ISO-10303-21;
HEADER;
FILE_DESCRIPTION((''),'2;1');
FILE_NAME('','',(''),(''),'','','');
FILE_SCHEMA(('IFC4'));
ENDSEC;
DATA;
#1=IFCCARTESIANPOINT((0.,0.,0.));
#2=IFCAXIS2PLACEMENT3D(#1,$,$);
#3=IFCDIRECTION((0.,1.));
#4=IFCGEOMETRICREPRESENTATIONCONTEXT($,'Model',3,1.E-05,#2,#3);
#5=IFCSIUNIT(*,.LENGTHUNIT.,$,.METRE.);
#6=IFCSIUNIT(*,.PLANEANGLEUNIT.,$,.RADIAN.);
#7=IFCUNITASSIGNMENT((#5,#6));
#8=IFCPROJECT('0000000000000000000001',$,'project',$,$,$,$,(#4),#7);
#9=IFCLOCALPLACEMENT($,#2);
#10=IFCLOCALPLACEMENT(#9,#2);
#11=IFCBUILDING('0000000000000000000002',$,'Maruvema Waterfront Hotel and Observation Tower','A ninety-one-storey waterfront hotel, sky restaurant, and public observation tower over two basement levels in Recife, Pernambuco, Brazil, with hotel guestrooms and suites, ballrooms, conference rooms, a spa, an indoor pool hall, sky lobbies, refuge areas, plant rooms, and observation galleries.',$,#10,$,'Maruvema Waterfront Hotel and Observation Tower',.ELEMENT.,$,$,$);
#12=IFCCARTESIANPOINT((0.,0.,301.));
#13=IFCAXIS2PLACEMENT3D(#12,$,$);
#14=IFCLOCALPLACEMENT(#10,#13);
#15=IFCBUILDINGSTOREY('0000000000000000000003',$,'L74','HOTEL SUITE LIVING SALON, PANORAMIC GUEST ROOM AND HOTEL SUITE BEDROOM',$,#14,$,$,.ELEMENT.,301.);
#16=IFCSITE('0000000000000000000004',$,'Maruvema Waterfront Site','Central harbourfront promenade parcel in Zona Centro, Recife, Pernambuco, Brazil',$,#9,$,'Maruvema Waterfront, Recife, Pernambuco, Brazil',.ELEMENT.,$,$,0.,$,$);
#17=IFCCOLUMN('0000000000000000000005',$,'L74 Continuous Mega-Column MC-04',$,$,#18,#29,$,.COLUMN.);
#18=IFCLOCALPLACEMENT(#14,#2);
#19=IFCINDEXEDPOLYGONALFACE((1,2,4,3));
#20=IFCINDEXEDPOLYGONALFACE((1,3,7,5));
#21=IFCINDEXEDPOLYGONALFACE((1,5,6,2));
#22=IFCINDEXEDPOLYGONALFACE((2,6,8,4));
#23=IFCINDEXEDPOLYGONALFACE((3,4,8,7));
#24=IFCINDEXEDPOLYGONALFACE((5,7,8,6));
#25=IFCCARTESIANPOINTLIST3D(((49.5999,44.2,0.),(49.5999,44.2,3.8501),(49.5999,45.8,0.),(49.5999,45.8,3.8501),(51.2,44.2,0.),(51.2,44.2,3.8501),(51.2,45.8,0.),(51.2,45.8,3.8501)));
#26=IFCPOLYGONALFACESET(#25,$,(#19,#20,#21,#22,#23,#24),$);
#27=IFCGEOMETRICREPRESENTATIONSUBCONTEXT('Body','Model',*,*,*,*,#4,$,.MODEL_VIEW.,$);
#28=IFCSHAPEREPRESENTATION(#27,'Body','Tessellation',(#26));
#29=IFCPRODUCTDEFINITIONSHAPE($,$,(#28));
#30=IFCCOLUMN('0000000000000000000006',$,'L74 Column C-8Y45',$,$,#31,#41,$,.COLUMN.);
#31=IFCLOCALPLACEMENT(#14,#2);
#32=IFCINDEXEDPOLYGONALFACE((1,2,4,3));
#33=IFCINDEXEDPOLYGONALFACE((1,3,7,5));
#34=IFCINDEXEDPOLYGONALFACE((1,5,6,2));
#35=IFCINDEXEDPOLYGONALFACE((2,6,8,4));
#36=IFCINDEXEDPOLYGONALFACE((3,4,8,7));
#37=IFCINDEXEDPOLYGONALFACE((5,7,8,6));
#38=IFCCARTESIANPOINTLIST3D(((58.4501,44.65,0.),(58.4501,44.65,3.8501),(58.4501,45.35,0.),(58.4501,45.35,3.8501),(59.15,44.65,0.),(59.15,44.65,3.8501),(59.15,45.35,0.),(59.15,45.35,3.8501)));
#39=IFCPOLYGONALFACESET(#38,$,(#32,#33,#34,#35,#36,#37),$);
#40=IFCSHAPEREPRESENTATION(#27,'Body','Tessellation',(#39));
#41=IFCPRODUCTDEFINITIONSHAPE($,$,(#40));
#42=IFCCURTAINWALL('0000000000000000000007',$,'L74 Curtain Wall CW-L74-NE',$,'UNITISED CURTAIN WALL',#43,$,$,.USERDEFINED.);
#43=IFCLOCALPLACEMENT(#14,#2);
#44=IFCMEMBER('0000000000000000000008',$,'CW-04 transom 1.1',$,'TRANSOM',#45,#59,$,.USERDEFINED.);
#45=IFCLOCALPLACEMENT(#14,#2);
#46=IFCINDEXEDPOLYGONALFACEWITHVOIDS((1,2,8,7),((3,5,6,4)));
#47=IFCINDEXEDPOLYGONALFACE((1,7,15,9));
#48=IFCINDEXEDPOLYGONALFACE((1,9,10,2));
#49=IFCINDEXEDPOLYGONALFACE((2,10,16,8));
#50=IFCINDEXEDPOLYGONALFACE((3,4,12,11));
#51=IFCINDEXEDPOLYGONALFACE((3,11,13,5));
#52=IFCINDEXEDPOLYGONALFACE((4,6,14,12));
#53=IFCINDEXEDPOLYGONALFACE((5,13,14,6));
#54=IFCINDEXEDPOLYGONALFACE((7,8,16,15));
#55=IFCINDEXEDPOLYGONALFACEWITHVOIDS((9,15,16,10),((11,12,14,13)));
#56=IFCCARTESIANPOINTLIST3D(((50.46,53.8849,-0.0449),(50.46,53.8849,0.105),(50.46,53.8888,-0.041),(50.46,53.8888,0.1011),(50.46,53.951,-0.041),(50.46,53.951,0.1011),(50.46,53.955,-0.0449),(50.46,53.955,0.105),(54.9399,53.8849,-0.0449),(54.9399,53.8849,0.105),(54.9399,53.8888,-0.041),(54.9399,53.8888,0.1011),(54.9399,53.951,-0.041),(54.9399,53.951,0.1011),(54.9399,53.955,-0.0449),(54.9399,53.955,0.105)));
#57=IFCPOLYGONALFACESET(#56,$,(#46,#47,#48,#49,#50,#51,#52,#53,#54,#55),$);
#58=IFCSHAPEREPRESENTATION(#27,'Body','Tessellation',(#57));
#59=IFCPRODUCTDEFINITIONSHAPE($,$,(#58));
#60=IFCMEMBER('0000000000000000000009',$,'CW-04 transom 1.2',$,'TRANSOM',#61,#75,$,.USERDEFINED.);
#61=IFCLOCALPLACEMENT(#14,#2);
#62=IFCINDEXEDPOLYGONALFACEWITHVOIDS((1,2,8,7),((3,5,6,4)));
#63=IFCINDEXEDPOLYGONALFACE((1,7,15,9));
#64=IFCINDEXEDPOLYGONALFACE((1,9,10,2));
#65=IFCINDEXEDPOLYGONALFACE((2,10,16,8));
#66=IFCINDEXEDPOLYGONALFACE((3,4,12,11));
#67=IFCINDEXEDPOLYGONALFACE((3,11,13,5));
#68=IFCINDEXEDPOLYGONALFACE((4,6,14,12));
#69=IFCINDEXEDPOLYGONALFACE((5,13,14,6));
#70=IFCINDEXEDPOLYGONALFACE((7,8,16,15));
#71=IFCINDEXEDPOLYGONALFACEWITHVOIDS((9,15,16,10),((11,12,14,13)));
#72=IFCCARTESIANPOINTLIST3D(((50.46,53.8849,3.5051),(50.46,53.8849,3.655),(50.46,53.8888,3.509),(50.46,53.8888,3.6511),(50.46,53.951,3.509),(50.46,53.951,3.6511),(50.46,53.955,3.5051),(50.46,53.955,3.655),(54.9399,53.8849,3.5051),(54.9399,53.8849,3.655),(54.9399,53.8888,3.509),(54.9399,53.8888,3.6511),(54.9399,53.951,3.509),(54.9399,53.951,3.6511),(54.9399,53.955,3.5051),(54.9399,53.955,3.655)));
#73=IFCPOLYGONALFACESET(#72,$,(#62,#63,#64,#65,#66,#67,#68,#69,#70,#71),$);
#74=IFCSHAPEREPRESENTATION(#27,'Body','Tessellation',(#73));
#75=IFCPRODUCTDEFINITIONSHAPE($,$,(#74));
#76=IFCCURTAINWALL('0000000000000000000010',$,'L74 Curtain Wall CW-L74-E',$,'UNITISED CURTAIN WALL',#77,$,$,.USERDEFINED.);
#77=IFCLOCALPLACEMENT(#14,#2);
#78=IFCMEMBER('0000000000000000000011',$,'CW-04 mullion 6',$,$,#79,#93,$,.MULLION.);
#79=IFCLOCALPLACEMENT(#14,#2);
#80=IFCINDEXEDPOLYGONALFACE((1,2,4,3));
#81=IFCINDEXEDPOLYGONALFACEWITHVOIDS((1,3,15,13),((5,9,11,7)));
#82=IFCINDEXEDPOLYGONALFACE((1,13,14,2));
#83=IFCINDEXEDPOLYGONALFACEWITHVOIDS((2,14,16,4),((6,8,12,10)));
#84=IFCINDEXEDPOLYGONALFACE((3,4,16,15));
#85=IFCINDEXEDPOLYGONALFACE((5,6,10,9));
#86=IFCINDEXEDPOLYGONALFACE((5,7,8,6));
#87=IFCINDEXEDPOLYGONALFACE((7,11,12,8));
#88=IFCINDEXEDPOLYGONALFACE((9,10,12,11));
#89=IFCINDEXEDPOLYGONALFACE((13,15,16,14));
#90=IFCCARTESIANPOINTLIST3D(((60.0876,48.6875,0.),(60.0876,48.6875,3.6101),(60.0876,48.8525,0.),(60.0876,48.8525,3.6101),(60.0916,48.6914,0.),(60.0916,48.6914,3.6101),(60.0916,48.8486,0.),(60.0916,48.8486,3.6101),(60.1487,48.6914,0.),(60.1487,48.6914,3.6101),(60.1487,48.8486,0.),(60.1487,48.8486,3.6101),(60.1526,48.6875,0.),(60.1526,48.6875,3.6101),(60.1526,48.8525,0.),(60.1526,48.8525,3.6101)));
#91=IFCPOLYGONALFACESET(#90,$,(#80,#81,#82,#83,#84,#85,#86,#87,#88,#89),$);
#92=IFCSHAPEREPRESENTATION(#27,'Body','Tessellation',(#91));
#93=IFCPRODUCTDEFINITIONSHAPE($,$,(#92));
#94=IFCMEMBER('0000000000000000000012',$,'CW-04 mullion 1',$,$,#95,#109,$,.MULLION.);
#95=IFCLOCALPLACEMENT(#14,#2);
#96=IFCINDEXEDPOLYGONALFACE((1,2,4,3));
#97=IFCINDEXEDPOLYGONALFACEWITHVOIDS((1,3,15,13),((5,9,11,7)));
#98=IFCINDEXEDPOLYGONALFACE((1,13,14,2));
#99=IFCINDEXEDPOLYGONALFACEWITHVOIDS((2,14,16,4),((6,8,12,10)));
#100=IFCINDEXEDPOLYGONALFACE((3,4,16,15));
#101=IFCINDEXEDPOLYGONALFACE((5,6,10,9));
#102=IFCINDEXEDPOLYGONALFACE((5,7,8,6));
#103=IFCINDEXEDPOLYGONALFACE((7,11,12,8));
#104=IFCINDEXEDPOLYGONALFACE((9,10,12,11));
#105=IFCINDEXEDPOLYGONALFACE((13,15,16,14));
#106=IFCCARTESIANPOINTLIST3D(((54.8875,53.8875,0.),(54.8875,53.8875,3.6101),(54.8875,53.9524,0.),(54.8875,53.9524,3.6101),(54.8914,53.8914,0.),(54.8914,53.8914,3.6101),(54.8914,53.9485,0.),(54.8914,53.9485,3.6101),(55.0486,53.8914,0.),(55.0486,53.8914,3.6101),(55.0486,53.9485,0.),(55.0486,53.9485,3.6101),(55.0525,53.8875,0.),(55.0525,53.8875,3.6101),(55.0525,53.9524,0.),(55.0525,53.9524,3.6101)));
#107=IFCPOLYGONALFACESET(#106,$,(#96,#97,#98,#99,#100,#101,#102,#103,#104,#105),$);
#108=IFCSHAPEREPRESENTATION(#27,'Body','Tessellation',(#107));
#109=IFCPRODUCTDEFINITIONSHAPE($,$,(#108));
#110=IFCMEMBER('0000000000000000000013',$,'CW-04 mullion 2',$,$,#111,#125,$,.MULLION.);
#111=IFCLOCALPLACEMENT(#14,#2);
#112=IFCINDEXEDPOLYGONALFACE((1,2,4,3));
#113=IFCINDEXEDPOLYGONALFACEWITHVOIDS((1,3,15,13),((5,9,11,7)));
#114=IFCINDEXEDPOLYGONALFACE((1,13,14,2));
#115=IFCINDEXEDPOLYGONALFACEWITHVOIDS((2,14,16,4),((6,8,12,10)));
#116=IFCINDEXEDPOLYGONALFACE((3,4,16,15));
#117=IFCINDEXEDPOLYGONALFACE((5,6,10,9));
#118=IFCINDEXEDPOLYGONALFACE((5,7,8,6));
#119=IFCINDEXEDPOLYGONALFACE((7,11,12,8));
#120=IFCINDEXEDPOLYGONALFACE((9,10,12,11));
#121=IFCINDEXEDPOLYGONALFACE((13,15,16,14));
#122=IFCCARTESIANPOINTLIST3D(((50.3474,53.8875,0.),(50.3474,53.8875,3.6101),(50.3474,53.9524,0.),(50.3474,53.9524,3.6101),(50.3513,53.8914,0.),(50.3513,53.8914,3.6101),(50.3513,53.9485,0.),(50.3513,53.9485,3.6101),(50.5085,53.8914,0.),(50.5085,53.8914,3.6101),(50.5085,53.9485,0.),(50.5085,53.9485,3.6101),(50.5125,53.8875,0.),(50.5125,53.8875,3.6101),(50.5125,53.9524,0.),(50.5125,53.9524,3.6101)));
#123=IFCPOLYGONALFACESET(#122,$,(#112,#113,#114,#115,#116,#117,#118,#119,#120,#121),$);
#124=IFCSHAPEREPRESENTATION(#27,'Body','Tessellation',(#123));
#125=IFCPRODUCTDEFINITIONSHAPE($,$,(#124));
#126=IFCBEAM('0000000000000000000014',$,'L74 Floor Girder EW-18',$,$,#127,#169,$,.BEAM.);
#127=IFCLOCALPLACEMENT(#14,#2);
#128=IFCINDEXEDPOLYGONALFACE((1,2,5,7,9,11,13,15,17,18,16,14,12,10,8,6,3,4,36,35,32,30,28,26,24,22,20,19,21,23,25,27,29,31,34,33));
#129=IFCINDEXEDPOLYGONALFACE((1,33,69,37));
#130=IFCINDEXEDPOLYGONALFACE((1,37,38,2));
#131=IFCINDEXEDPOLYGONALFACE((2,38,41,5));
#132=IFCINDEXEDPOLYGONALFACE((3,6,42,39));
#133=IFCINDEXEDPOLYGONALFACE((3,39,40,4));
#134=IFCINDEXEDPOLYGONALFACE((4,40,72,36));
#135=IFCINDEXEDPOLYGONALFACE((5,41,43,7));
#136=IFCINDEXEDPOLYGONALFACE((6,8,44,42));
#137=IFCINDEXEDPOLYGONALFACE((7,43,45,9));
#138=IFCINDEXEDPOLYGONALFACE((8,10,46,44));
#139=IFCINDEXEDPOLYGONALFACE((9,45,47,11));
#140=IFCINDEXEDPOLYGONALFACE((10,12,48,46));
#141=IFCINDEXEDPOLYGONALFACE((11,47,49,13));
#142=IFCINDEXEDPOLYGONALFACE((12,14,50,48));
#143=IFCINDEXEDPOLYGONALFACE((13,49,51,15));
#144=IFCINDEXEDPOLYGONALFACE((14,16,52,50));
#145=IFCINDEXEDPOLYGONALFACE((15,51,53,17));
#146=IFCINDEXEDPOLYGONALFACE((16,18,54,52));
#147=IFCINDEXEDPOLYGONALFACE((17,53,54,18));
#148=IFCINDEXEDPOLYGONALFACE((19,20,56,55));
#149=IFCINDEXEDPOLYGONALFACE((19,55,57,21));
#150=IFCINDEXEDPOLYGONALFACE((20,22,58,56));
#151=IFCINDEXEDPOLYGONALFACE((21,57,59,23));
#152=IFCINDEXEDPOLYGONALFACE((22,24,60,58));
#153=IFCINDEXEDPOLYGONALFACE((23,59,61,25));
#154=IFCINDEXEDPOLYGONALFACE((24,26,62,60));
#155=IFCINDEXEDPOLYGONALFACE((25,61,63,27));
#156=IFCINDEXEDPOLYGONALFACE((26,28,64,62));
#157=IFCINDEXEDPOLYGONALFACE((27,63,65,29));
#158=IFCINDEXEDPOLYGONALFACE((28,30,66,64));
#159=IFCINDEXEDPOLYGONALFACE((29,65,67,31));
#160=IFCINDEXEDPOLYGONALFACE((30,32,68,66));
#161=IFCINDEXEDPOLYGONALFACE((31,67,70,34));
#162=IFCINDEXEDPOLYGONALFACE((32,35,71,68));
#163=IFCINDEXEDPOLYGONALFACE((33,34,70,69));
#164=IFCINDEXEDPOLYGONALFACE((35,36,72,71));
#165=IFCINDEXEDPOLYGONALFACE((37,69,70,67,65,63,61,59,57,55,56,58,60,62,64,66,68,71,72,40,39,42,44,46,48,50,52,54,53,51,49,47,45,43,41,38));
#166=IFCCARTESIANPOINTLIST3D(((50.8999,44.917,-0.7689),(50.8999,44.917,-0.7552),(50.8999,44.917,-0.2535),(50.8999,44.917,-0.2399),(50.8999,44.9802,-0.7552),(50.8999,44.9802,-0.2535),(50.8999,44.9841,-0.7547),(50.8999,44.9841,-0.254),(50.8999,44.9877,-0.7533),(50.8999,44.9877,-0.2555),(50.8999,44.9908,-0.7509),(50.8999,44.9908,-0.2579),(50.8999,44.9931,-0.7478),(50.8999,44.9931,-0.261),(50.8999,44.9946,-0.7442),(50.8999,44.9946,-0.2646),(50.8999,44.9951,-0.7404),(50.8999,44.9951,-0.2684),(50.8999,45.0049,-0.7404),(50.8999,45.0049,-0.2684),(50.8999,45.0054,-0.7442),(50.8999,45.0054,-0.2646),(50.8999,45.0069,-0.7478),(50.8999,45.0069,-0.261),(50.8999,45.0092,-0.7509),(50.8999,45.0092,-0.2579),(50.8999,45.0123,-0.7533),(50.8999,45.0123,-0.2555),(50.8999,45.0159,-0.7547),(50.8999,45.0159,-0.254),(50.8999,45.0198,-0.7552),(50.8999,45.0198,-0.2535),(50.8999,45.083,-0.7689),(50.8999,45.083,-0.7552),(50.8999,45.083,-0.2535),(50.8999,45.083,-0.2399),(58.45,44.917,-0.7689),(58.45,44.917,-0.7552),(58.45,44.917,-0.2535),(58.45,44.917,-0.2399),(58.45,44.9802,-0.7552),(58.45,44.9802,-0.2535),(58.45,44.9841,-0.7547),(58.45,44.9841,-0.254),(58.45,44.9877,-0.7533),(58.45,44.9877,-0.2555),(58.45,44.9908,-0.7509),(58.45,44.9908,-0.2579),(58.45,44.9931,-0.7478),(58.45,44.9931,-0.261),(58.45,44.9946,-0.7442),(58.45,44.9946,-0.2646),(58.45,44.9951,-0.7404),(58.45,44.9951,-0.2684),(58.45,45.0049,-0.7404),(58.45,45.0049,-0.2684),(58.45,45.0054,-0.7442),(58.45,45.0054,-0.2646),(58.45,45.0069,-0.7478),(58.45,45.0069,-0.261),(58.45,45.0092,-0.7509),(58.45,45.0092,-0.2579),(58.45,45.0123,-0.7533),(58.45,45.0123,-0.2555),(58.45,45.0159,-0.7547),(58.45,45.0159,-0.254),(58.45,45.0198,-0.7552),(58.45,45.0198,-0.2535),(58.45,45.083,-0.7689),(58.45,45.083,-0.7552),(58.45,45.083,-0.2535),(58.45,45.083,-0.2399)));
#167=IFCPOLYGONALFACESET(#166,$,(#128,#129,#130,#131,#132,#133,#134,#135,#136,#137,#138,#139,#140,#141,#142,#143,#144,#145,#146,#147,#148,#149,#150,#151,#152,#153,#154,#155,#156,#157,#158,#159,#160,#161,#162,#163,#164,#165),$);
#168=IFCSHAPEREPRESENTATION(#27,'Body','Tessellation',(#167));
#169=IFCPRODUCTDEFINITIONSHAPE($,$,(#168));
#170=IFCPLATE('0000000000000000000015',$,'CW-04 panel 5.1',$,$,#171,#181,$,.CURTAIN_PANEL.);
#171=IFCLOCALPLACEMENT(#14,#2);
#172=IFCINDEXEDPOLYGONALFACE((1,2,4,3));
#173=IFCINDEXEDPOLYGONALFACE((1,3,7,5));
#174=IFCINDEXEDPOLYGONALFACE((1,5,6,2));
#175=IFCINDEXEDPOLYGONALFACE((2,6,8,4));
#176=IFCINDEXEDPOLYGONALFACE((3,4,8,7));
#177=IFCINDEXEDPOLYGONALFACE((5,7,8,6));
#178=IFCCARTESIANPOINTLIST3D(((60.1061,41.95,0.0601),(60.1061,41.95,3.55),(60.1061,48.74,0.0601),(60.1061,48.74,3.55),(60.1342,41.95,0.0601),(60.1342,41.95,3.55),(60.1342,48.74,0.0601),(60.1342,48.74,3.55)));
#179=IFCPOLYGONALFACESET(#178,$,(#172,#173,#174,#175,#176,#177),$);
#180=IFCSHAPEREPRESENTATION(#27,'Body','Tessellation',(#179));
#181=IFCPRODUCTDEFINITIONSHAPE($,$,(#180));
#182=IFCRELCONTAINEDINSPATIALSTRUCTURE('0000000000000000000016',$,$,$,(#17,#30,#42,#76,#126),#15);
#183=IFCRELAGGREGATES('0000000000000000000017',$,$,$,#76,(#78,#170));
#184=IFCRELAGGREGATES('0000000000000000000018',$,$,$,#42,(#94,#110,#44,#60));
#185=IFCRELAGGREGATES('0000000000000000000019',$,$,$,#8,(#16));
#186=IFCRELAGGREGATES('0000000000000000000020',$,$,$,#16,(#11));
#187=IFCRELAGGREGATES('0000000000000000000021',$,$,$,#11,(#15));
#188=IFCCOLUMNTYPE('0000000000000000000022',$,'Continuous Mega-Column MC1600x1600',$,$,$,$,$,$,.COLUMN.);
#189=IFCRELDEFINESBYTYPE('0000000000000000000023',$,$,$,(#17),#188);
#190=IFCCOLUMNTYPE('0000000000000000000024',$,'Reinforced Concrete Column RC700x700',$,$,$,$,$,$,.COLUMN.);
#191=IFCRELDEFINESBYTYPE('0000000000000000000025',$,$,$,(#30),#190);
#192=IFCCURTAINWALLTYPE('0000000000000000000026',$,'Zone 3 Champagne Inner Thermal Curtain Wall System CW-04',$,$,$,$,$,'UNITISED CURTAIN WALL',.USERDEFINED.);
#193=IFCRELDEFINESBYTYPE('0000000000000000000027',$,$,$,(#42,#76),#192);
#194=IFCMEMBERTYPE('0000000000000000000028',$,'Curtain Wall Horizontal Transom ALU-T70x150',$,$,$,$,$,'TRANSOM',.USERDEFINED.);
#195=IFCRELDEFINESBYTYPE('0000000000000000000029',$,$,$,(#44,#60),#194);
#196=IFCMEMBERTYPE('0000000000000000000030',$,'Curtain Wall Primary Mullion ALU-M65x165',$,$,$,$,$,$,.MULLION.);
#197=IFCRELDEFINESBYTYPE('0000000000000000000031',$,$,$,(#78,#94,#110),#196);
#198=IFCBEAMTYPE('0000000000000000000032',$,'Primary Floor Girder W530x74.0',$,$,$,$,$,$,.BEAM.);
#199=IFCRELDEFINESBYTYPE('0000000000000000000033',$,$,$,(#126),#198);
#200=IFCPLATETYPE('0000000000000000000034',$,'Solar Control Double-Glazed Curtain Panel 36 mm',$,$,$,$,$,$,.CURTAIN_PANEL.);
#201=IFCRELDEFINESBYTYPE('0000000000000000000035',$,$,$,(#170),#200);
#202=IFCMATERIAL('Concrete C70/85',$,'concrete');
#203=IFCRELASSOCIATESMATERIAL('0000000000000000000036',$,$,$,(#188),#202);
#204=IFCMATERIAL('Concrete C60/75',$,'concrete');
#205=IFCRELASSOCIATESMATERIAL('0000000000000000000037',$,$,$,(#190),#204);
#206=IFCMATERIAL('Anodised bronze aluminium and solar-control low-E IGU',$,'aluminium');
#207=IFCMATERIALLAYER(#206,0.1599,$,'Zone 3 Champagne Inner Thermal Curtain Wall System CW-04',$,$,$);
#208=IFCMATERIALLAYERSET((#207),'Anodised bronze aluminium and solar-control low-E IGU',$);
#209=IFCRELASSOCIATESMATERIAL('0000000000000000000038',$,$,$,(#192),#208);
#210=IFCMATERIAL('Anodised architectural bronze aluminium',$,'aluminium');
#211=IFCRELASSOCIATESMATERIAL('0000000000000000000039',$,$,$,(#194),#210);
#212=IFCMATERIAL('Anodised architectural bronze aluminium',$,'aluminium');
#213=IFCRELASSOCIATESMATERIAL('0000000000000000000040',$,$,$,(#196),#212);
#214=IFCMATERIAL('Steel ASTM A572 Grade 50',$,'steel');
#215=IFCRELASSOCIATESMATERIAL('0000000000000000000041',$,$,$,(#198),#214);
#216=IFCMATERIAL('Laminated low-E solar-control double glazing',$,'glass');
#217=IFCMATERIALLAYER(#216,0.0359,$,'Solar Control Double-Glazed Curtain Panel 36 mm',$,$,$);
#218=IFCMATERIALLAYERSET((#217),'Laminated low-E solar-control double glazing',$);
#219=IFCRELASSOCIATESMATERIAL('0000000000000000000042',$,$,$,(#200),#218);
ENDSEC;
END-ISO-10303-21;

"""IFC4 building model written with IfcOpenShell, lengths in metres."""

from ifc_helpers import new_model, si_unit, direction, frame, origin, origin_2d, place, context, subcontext, project, spatial, rectangle, hollow_rectangle, i_section, extrude, material, layer, layer_set, material_profile, profile_set, type_object, element, aggregate, save


model = new_model("IFC4")

# Units and contexts
model_context = context("Model", 3, precision=1e-05, world=origin(), true_north=direction((0.0, 1.0)))
body_context = subcontext(model_context, "Body", "Model", "MODEL_VIEW")
ifc_project = project(units=[si_unit("LENGTHUNIT", "METRE"), si_unit("PLANEANGLEUNIT", "RADIAN")], contexts=[model_context])

# Site, building, storey
site_placement = place(None, origin())
site = spatial("IfcSite", under=ifc_project, at=site_placement, Name="Maruvema Waterfront Site", Description="Central harbourfront promenade parcel in Zona Centro, Recife, Pernambuco, Brazil", LongName="Maruvema Waterfront, Recife, Pernambuco, Brazil", CompositionType="ELEMENT", RefElevation=0.0)
building_placement = place(site_placement, origin())
building = spatial("IfcBuilding", under=site, at=building_placement, Name="Maruvema Waterfront Hotel and Observation Tower", Description="A ninety-one-storey waterfront hotel, sky restaurant, and public observation tower over two basement levels in Recife, Pernambuco, Brazil, with hotel guestrooms and suites, ballrooms, conference rooms, a spa, an indoor pool hall, sky lobbies, refuge areas, plant rooms, and observation galleries.", LongName="Maruvema Waterfront Hotel and Observation Tower", CompositionType="ELEMENT")
storey_placement = place(building_placement, frame((0.0, 0.0, 301.0)))
storey = spatial("IfcBuildingStorey", under=building, at=storey_placement, Name="L74", Description="HOTEL SUITE LIVING SALON, PANORAMIC GUEST ROOM AND HOTEL SUITE BEDROOM", CompositionType="ELEMENT", Elevation=301.0)

# Columns
ifc_material_1 = material(Name="Concrete C70/85", Category="concrete")
ifc_material_profile_1 = material_profile(ifc_material_1, rectangle(XDim=1.6001, YDim=1.6001, at=origin_2d()), Name="MC1600x1600")
ifc_profile_set_1 = profile_set([ifc_material_profile_1], Name="Concrete C70/85")
column_type_1 = type_object("IfcColumnType", Name="Continuous Mega-Column MC1600x1600", PredefinedType="COLUMN", material=ifc_profile_set_1)
column_1_placement = place(storey_placement, frame((50.3999, 45.0, 0.0), z_axis=(0.0, 0.0, 1.0), x_axis=(1.0, 0.0, 0.0)))
element("IfcColumn", 1, at=column_1_placement, inside=storey, type_object=column_type_1, Name="L74 Continuous Mega-Column MC-04", PredefinedType="COLUMN", context=body_context, shape_type="SweptSolid", body=[
    extrude(rectangle(XDim=1.6001, YDim=1.6001, at=origin_2d()), origin(), (0.0, 0.0, 1.0), 3.8501),
])
ifc_material_2 = material(Name="Concrete C60/75", Category="concrete")
ifc_material_profile_2 = material_profile(ifc_material_2, rectangle(XDim=0.7, YDim=0.7, at=origin_2d()), Name="RC700x700")
ifc_profile_set_2 = profile_set([ifc_material_profile_2], Name="Concrete C60/75")
column_type_2 = type_object("IfcColumnType", Name="Reinforced Concrete Column RC700x700", PredefinedType="COLUMN", material=ifc_profile_set_2)
column_2_placement = place(storey_placement, frame((58.8, 45.0, 0.0), z_axis=(0.0, 0.0, 1.0), x_axis=(1.0, 0.0, 0.0)))
element("IfcColumn", 2, at=column_2_placement, inside=storey, type_object=column_type_2, Name="L74 Column C-8Y45", PredefinedType="COLUMN", context=body_context, shape_type="SweptSolid", body=[
    extrude(rectangle(XDim=0.7, YDim=0.7, at=origin_2d()), origin(), (0.0, 0.0, 1.0), 3.8501),
])

# Curtain wall, members
ifc_material_3 = material(Name="Anodised bronze aluminium and solar-control low-E IGU", Category="aluminium")
ifc_layer_1 = layer(ifc_material_3, 0.1599, Name="Zone 3 Champagne Inner Thermal Curtain Wall System CW-04")
ifc_layer_set_1 = layer_set([ifc_layer_1], Name="Anodised bronze aluminium and solar-control low-E IGU")
curtain_wall_type = type_object("IfcCurtainWallType", Name="Zone 3 Champagne Inner Thermal Curtain Wall System CW-04", ElementType="UNITISED CURTAIN WALL", PredefinedType="USERDEFINED", material=ifc_layer_set_1)
curtain_wall_1_placement = place(storey_placement, origin())
curtain_wall_1 = element("IfcCurtainWall", 3, at=curtain_wall_1_placement, inside=storey, type_object=curtain_wall_type, Name="L74 Curtain Wall CW-L74-NE", ObjectType="UNITISED CURTAIN WALL", PredefinedType="USERDEFINED")
ifc_material_4 = material(Name="Anodised architectural bronze aluminium", Category="aluminium")
ifc_material_profile_3 = material_profile(ifc_material_4, hollow_rectangle(XDim=0.0701, YDim=0.1499, WallThickness=0.0039, at=origin_2d()), Name="ALU-T70x150")
ifc_profile_set_3 = profile_set([ifc_material_profile_3], Name="Anodised architectural bronze aluminium")
member_type_1 = type_object("IfcMemberType", Name="Curtain Wall Horizontal Transom ALU-T70x150", ElementType="TRANSOM", PredefinedType="USERDEFINED", material=ifc_profile_set_3)
member_1_placement = place(storey_placement, frame((54.9399, 53.9199, 0.03), z_axis=(-1.0, 0.0, 0.0), x_axis=(0.0, -1.0, 0.0)))
member_1 = element("IfcMember", 4, at=member_1_placement, type_object=member_type_1, Name="CW-04 transom 1.1", ObjectType="TRANSOM", PredefinedType="USERDEFINED", context=body_context, shape_type="SweptSolid", body=[
    extrude(hollow_rectangle(XDim=0.0701, YDim=0.1499, WallThickness=0.0039, at=origin_2d()), origin(), (0.0, 0.0, 1.0), 4.48),
])
member_2_placement = place(storey_placement, frame((54.9399, 53.9199, 3.5801), z_axis=(-1.0, 0.0, 0.0), x_axis=(0.0, -1.0, 0.0)))
member_2 = element("IfcMember", 5, at=member_2_placement, type_object=member_type_1, Name="CW-04 transom 1.2", ObjectType="TRANSOM", PredefinedType="USERDEFINED", context=body_context, shape_type="SweptSolid", body=[
    extrude(hollow_rectangle(XDim=0.0701, YDim=0.1499, WallThickness=0.0039, at=origin_2d()), origin(), (0.0, 0.0, 1.0), 4.48),
])

# Curtain wall, member
curtain_wall_2_placement = place(storey_placement, origin())
curtain_wall_2 = element("IfcCurtainWall", 6, at=curtain_wall_2_placement, inside=storey, type_object=curtain_wall_type, Name="L74 Curtain Wall CW-L74-E", ObjectType="UNITISED CURTAIN WALL", PredefinedType="USERDEFINED")
ifc_material_5 = material(Name="Anodised architectural bronze aluminium", Category="aluminium")
ifc_material_profile_4 = material_profile(ifc_material_5, hollow_rectangle(XDim=0.0649, YDim=0.165, WallThickness=0.0039, at=origin_2d()), Name="ALU-M65x165")
ifc_profile_set_4 = profile_set([ifc_material_profile_4], Name="Anodised architectural bronze aluminium")
member_type_2 = type_object("IfcMemberType", Name="Curtain Wall Primary Mullion ALU-M65x165", PredefinedType="MULLION", material=ifc_profile_set_4)
member_3_placement = place(storey_placement, frame((60.1201, 48.77, 0.0), z_axis=(0.0, 0.0, 1.0), x_axis=(-1.0, 0.0, 0.0)))
member_3 = element("IfcMember", 7, at=member_3_placement, type_object=member_type_2, Name="CW-04 mullion 6", PredefinedType="MULLION", context=body_context, shape_type="SweptSolid", body=[
    extrude(hollow_rectangle(XDim=0.0649, YDim=0.165, WallThickness=0.0039, at=origin_2d()), origin(), (0.0, 0.0, 1.0), 3.6101),
])

# Members
member_4_placement = place(storey_placement, frame((54.97, 53.9199, 0.0), z_axis=(0.0, 0.0, 1.0), x_axis=(0.0, -1.0, 0.0)))
member_4 = element("IfcMember", 8, at=member_4_placement, type_object=member_type_2, Name="CW-04 mullion 1", PredefinedType="MULLION", context=body_context, shape_type="SweptSolid", body=[
    extrude(hollow_rectangle(XDim=0.0649, YDim=0.165, WallThickness=0.0039, at=origin_2d()), origin(), (0.0, 0.0, 1.0), 3.6101),
])
member_5_placement = place(storey_placement, frame((50.4299, 53.9199, 0.0), z_axis=(0.0, 0.0, 1.0), x_axis=(0.0, -1.0, 0.0)))
member_5 = element("IfcMember", 9, at=member_5_placement, type_object=member_type_2, Name="CW-04 mullion 2", PredefinedType="MULLION", context=body_context, shape_type="SweptSolid", body=[
    extrude(hollow_rectangle(XDim=0.0649, YDim=0.165, WallThickness=0.0039, at=origin_2d()), origin(), (0.0, 0.0, 1.0), 3.6101),
])

# Beam
ifc_material_6 = material(Name="Steel ASTM A572 Grade 50", Category="steel")
ifc_material_profile_5 = material_profile(ifc_material_6, i_section(OverallWidth=0.166, OverallDepth=0.5291, WebThickness=0.0098, FlangeThickness=0.0137, FilletRadius=0.0149, at=origin_2d()), Name="W530x74.0")
ifc_profile_set_5 = profile_set([ifc_material_profile_5], Name="Steel ASTM A572 Grade 50")
beam_type = type_object("IfcBeamType", Name="Primary Floor Girder W530x74.0", PredefinedType="BEAM", material=ifc_profile_set_5)
beam_placement = place(storey_placement, frame((50.8999, 45.0, -0.5044), z_axis=(1.0, 0.0, 0.0), x_axis=(0.0, 1.0, 0.0)))
element("IfcBeam", 10, at=beam_placement, inside=storey, type_object=beam_type, Name="L74 Floor Girder EW-18", PredefinedType="BEAM", context=body_context, shape_type="SweptSolid", body=[
    extrude(i_section(OverallWidth=0.166, OverallDepth=0.5291, WebThickness=0.0098, FlangeThickness=0.0137, FilletRadius=0.0149, at=origin_2d()), origin(), (0.0, 0.0, 1.0), 7.55),
])

# Plate
ifc_material_7 = material(Name="Laminated low-E solar-control double glazing", Category="glass")
ifc_layer_2 = layer(ifc_material_7, 0.0359, Name="Solar Control Double-Glazed Curtain Panel 36 mm")
ifc_layer_set_2 = layer_set([ifc_layer_2], Name="Laminated low-E solar-control double glazing")
plate_type = type_object("IfcPlateType", Name="Solar Control Double-Glazed Curtain Panel 36 mm", PredefinedType="CURTAIN_PANEL", material=ifc_layer_set_2)
plate_1_placement = place(storey_placement, frame((60.1201, 45.345, 0.0601), z_axis=(0.0, 0.0, 1.0), x_axis=(0.0, 1.0, 0.0)))
plate_1 = element("IfcPlate", 11, at=plate_1_placement, type_object=plate_type, Name="CW-04 panel 5.1", PredefinedType="CURTAIN_PANEL", context=body_context, shape_type="SweptSolid", body=[
    extrude(rectangle(XDim=6.79, YDim=0.0281, at=origin_2d()), origin(), (0.0, 0.0, 1.0), 3.49),
])
aggregate(curtain_wall_2, [member_3, plate_1])
aggregate(curtain_wall_1, [member_4, member_5, member_1, member_2])

save(model, "model.ifc")
